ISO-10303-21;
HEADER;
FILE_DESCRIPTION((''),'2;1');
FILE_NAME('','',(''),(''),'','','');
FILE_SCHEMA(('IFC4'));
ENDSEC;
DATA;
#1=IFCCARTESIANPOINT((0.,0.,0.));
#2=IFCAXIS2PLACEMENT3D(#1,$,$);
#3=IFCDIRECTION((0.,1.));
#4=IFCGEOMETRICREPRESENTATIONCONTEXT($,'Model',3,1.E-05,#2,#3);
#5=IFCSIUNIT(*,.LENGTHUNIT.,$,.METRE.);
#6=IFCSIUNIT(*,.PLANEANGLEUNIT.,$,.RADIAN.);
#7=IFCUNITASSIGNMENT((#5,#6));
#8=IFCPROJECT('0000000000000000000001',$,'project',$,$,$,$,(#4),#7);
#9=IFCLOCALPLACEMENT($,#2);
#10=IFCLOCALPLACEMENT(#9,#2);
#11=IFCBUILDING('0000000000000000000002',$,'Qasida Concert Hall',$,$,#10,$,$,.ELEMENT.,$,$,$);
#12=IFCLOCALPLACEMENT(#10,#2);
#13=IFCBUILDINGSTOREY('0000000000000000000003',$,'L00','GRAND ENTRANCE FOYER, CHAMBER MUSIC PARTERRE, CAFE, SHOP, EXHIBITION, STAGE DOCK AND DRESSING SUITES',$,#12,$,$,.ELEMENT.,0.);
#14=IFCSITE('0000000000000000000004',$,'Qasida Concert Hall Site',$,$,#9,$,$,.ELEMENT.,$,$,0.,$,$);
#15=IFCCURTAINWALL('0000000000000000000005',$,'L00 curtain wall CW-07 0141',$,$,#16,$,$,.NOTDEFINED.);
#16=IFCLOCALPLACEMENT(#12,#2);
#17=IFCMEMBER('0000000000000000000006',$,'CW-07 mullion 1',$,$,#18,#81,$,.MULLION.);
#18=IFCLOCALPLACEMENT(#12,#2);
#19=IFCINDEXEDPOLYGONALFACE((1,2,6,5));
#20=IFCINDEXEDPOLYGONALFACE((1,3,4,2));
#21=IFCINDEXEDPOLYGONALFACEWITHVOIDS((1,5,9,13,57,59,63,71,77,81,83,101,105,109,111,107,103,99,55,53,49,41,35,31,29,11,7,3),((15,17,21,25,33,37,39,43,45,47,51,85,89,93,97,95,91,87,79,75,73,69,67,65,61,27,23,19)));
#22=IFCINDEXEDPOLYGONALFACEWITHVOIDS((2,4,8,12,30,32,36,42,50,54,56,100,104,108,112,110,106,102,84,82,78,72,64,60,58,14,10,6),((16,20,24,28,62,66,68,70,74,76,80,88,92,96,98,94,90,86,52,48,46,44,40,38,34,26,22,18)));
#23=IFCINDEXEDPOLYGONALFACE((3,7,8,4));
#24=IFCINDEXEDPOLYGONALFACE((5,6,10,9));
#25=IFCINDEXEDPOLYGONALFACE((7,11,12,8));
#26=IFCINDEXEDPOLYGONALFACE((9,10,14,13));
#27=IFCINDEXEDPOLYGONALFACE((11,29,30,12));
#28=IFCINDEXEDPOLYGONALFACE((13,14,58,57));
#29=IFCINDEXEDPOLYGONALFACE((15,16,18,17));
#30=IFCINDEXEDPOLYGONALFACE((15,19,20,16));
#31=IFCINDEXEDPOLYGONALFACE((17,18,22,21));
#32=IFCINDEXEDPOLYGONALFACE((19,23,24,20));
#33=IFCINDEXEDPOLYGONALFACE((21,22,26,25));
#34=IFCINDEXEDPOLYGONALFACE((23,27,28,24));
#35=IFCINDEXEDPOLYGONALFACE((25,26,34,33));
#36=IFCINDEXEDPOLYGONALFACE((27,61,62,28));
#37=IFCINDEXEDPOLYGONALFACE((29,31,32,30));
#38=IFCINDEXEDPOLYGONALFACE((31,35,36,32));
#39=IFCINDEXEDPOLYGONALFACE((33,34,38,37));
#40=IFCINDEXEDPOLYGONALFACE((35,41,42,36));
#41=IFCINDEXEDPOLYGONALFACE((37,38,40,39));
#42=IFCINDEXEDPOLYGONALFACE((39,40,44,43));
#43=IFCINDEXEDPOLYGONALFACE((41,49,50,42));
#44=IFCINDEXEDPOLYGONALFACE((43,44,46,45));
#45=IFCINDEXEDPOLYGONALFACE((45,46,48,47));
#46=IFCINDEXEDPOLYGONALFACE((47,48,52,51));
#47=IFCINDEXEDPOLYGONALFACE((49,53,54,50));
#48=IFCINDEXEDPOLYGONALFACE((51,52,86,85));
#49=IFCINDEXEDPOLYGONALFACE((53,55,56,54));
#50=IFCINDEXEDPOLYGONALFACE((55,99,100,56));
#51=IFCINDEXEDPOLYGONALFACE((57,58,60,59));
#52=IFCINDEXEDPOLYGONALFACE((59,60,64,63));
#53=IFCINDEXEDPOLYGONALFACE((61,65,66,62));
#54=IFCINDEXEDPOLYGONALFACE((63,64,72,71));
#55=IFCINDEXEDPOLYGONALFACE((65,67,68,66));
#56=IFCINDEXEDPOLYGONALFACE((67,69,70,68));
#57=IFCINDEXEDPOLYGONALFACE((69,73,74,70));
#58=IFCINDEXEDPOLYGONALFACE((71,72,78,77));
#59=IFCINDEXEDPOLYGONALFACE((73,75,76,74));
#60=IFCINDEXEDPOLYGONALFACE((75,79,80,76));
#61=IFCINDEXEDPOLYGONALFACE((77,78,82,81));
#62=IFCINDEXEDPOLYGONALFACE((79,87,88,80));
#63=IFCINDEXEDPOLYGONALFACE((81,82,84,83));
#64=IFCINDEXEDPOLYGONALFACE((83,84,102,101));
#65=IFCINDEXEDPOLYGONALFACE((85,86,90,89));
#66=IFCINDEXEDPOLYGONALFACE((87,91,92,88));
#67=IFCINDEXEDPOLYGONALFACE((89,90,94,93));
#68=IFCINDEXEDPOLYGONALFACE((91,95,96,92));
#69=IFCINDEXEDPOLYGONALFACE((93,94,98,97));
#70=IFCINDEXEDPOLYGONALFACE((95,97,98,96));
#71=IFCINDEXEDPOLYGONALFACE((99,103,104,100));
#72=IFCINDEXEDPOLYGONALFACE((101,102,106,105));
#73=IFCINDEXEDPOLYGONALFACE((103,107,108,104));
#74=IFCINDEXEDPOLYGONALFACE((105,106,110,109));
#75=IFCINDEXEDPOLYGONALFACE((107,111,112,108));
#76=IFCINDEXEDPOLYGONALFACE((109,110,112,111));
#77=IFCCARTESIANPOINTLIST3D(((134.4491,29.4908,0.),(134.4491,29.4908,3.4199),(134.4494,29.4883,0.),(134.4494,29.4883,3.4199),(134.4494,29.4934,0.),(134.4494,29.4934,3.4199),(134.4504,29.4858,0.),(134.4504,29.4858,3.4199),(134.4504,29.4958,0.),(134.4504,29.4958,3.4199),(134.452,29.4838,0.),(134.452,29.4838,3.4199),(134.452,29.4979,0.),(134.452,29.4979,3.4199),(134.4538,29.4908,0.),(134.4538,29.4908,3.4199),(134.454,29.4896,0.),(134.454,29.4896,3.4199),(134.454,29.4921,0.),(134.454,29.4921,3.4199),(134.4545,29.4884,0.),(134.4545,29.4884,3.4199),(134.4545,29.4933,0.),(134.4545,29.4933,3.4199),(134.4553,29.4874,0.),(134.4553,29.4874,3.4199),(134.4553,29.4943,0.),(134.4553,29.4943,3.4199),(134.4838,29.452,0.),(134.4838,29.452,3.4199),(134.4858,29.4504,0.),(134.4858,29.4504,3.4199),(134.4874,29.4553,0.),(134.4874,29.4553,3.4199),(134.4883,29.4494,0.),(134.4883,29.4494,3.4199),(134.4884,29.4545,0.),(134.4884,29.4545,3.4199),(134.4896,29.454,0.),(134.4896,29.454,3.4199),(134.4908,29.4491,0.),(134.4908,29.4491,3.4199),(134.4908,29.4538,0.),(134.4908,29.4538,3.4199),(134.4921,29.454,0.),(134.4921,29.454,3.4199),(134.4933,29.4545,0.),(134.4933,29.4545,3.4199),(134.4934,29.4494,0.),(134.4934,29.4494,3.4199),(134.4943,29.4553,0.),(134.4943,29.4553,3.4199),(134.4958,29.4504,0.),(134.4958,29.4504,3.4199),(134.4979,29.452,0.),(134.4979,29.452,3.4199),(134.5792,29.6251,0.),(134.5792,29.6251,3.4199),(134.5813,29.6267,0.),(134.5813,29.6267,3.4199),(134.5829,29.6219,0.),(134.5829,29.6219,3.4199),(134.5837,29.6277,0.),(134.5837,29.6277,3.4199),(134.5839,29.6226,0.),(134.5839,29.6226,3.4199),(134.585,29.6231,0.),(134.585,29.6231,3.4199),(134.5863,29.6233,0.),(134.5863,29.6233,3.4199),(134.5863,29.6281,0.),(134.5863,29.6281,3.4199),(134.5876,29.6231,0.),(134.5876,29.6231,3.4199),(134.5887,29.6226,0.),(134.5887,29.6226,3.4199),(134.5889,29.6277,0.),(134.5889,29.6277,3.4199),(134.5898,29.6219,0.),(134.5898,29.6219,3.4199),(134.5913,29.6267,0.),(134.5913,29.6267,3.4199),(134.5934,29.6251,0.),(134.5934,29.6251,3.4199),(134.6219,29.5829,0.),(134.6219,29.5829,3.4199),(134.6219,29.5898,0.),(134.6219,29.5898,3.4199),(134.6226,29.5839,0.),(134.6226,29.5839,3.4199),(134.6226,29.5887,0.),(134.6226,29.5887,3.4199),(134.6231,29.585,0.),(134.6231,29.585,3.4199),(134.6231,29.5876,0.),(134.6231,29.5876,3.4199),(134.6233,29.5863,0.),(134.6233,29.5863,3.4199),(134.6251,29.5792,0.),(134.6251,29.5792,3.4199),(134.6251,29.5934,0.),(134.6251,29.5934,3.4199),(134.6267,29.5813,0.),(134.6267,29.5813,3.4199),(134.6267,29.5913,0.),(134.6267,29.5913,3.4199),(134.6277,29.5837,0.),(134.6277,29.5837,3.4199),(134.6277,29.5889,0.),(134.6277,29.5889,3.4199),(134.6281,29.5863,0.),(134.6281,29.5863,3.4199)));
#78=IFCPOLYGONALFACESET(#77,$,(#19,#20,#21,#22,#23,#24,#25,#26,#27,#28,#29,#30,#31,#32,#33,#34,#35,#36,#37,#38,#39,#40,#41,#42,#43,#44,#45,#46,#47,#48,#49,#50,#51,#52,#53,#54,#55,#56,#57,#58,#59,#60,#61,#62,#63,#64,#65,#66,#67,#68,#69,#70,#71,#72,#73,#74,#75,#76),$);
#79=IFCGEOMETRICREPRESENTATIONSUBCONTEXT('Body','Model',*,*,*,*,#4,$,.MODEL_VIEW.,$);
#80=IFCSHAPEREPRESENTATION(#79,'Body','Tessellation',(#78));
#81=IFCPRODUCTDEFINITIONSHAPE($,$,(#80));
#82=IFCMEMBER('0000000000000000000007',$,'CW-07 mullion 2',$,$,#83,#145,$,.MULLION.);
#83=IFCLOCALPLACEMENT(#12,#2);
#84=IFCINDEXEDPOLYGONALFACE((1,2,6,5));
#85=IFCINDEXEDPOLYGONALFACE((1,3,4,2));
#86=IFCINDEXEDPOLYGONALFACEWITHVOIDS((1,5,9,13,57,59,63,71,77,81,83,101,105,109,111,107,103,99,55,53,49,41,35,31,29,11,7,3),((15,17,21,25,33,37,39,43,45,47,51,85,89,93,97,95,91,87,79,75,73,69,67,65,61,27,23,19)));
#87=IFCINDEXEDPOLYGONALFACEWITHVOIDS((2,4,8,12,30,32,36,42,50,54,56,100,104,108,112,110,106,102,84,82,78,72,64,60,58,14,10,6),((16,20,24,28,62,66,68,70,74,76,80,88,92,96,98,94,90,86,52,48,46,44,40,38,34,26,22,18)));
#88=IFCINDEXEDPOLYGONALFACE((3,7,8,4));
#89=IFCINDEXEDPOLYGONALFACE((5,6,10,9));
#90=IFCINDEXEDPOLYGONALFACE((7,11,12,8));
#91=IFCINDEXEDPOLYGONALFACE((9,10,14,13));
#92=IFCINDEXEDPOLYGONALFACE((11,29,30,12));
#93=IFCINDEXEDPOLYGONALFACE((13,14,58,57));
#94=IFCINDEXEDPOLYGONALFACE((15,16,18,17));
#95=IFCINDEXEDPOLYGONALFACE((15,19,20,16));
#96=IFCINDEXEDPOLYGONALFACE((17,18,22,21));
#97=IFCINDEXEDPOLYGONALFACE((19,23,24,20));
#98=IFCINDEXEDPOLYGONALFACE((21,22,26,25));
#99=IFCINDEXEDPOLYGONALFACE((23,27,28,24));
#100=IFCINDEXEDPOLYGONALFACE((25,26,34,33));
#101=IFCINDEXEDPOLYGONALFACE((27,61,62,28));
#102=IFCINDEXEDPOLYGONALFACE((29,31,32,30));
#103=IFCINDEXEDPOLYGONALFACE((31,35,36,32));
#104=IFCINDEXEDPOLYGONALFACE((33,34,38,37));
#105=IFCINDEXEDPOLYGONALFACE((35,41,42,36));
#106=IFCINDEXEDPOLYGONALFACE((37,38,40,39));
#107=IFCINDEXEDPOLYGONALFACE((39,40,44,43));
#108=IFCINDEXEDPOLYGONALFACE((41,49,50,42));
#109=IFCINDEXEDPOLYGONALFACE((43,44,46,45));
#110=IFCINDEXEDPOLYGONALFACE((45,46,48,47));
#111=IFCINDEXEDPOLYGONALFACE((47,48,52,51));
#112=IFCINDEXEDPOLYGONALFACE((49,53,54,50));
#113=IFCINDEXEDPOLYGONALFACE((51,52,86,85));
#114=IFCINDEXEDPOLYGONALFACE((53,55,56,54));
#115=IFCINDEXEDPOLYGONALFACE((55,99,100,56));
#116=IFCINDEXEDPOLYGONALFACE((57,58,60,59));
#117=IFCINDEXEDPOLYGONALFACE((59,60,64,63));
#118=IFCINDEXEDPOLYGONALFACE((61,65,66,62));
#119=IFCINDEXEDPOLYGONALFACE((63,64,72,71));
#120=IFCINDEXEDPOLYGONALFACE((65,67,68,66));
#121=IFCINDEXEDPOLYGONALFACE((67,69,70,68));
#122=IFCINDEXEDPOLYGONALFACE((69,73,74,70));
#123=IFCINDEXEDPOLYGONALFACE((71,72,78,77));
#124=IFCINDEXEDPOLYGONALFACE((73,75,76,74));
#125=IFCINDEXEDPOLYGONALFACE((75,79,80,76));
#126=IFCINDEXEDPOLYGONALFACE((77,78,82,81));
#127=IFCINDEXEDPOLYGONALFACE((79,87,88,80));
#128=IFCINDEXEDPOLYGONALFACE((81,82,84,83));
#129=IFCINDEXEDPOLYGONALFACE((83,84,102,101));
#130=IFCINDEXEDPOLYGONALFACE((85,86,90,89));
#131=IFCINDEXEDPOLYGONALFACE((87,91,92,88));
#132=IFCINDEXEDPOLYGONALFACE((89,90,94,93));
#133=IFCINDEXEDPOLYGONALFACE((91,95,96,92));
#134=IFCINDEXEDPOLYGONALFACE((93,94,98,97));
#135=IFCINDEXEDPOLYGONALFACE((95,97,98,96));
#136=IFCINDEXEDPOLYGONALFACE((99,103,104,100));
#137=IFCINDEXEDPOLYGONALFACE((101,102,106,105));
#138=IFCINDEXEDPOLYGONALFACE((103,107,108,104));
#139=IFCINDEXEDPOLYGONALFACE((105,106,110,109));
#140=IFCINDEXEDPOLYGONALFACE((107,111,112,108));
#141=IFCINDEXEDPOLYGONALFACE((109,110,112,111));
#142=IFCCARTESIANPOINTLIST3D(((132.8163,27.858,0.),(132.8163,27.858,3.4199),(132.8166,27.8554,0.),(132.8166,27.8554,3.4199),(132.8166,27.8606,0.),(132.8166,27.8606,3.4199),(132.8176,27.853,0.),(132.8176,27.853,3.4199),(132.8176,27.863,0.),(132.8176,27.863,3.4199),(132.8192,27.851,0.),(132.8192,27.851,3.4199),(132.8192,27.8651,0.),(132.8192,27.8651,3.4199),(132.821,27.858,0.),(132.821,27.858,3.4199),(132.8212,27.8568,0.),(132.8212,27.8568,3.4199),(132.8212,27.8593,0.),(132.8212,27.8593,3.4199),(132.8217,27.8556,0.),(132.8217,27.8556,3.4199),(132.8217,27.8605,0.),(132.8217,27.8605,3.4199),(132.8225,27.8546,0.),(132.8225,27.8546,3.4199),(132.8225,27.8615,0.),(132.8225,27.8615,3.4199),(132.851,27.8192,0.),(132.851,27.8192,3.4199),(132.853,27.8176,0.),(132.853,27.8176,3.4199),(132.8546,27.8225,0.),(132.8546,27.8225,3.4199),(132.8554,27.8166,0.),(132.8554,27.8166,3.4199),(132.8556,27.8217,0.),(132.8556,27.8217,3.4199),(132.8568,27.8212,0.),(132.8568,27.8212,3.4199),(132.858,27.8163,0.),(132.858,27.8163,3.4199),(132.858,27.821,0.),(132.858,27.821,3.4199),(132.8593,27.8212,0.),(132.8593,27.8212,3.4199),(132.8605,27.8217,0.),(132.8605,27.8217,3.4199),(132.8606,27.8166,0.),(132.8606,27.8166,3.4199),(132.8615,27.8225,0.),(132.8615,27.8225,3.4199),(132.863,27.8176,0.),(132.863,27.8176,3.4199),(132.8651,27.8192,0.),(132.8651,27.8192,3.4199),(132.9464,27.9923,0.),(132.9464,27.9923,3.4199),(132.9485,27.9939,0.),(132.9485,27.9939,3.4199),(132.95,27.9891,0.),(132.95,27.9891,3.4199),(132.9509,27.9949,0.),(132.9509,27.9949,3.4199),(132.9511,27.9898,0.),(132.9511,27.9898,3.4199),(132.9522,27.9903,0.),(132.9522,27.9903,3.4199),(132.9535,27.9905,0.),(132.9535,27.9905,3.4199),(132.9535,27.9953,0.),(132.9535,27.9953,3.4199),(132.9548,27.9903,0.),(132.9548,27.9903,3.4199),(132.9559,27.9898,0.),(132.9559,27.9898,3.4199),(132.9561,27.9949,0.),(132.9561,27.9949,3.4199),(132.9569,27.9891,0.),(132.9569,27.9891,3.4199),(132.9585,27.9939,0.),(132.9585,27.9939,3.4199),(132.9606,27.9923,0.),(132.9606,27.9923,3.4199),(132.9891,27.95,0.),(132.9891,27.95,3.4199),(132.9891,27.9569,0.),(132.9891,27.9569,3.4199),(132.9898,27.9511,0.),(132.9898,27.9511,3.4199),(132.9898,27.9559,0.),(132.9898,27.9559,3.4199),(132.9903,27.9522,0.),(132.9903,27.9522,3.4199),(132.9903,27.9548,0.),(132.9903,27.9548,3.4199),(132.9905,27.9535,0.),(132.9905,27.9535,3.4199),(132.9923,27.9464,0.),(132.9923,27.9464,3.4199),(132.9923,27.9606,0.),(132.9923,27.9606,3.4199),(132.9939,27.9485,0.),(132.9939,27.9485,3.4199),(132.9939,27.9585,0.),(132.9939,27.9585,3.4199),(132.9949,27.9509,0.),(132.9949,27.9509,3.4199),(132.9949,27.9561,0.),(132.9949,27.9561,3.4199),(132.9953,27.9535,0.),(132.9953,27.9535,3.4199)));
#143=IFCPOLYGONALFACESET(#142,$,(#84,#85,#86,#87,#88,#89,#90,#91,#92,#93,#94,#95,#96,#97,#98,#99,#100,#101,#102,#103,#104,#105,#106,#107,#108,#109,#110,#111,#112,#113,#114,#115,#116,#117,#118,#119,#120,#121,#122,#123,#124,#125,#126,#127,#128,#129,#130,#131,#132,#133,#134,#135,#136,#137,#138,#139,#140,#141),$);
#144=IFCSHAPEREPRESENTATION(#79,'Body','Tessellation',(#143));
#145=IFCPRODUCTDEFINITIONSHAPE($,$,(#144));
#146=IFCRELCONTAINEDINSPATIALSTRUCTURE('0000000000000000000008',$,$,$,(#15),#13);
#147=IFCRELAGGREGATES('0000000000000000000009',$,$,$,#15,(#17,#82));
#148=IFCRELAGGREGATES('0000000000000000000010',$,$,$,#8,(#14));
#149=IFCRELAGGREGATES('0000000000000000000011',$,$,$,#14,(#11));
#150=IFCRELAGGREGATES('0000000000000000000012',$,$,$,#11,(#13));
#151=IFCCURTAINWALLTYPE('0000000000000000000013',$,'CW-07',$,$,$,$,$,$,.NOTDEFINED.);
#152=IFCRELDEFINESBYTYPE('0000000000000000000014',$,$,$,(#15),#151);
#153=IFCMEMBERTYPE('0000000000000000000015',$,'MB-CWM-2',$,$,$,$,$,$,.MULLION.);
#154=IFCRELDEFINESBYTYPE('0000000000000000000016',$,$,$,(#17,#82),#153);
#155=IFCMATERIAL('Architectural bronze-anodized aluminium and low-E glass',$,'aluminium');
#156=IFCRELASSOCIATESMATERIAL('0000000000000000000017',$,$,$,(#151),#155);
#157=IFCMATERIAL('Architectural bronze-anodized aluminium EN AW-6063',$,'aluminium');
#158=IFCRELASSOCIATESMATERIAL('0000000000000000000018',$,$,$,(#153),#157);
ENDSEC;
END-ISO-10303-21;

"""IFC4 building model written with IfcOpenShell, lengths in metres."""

from ifc_helpers import new_model, si_unit, direction, frame, origin, origin_2d, place, context, subcontext, project, spatial, hollow_rectangle, extrude, material, material_profile, profile_set, type_object, element, aggregate, save


model = new_model("IFC4")

# Units and contexts
model_context = context("Model", 3, precision=1e-05, world=origin(), true_north=direction((0.0, 1.0)))
body_context = subcontext(model_context, "Body", "Model", "MODEL_VIEW")
ifc_project = project(units=[si_unit("LENGTHUNIT", "METRE"), si_unit("PLANEANGLEUNIT", "RADIAN")], contexts=[model_context])

# Site, building, storey
site_placement = place(None, origin())
site = spatial("IfcSite", under=ifc_project, at=site_placement, Name="Qasida Concert Hall Site", CompositionType="ELEMENT", RefElevation=0.0)
building_placement = place(site_placement, origin())
building = spatial("IfcBuilding", under=site, at=building_placement, Name="Qasida Concert Hall", CompositionType="ELEMENT")
storey_placement = place(building_placement, origin())
storey = spatial("IfcBuildingStorey", under=building, at=storey_placement, Name="L00", Description="GRAND ENTRANCE FOYER, CHAMBER MUSIC PARTERRE, CAFE, SHOP, EXHIBITION, STAGE DOCK AND DRESSING SUITES", CompositionType="ELEMENT", Elevation=0.0)

# Curtain wall, members
ifc_material_1 = material(Name="Architectural bronze-anodized aluminium and low-E glass", Category="aluminium")
curtain_wall_type = type_object("IfcCurtainWallType", Name="CW-07", PredefinedType="NOTDEFINED", material=ifc_material_1)
curtain_wall_placement = place(storey_placement, origin())
curtain_wall = element("IfcCurtainWall", 1, at=curtain_wall_placement, inside=storey, type_object=curtain_wall_type, Name="L00 curtain wall CW-07 0141", PredefinedType="NOTDEFINED")
ifc_material_2 = material(Name="Architectural bronze-anodized aluminium EN AW-6063", Category="aluminium")
ifc_material_profile_1 = material_profile(ifc_material_2, hollow_rectangle(XDim=0.0649, YDim=0.2, WallThickness=0.0049, InnerFilletRadius=0.0049, OuterFilletRadius=0.01, at=origin_2d()), Name="CWM 200x65x5")
ifc_profile_set_1 = profile_set([ifc_material_profile_1], Name="Architectural bronze-anodized aluminium EN AW-6063")
member_type_1 = type_object("IfcMemberType", Name="MB-CWM-2", PredefinedType="MULLION", material=ifc_profile_set_1)
member_1_placement = place(storey_placement, frame((134.5386, 29.5386, 0.0), z_axis=(0.0, 0.0, 1.0), x_axis=(0.707107, -0.707107, 0.0)))
member_1 = element("IfcMember", 2, at=member_1_placement, type_object=member_type_1, Name="CW-07 mullion 1", PredefinedType="MULLION", context=body_context, shape_type="SweptSolid", body=[
    extrude(hollow_rectangle(XDim=0.0649, YDim=0.2, WallThickness=0.0049, InnerFilletRadius=0.0049, OuterFilletRadius=0.01, at=origin_2d()), origin(), (0.0, 0.0, 1.0), 3.4199),
])
member_2_placement = place(storey_placement, frame((132.9058, 27.9058, 0.0), z_axis=(0.0, 0.0, 1.0), x_axis=(0.707107, -0.707107, 0.0)))
member_2 = element("IfcMember", 3, at=member_2_placement, type_object=member_type_1, Name="CW-07 mullion 2", PredefinedType="MULLION", context=body_context, shape_type="SweptSolid", body=[
    extrude(hollow_rectangle(XDim=0.0649, YDim=0.2, WallThickness=0.0049, InnerFilletRadius=0.0049, OuterFilletRadius=0.01, at=origin_2d()), origin(), (0.0, 0.0, 1.0), 3.4199),
])
aggregate(curtain_wall, [member_1, member_2])

save(model, "model.ifc")
